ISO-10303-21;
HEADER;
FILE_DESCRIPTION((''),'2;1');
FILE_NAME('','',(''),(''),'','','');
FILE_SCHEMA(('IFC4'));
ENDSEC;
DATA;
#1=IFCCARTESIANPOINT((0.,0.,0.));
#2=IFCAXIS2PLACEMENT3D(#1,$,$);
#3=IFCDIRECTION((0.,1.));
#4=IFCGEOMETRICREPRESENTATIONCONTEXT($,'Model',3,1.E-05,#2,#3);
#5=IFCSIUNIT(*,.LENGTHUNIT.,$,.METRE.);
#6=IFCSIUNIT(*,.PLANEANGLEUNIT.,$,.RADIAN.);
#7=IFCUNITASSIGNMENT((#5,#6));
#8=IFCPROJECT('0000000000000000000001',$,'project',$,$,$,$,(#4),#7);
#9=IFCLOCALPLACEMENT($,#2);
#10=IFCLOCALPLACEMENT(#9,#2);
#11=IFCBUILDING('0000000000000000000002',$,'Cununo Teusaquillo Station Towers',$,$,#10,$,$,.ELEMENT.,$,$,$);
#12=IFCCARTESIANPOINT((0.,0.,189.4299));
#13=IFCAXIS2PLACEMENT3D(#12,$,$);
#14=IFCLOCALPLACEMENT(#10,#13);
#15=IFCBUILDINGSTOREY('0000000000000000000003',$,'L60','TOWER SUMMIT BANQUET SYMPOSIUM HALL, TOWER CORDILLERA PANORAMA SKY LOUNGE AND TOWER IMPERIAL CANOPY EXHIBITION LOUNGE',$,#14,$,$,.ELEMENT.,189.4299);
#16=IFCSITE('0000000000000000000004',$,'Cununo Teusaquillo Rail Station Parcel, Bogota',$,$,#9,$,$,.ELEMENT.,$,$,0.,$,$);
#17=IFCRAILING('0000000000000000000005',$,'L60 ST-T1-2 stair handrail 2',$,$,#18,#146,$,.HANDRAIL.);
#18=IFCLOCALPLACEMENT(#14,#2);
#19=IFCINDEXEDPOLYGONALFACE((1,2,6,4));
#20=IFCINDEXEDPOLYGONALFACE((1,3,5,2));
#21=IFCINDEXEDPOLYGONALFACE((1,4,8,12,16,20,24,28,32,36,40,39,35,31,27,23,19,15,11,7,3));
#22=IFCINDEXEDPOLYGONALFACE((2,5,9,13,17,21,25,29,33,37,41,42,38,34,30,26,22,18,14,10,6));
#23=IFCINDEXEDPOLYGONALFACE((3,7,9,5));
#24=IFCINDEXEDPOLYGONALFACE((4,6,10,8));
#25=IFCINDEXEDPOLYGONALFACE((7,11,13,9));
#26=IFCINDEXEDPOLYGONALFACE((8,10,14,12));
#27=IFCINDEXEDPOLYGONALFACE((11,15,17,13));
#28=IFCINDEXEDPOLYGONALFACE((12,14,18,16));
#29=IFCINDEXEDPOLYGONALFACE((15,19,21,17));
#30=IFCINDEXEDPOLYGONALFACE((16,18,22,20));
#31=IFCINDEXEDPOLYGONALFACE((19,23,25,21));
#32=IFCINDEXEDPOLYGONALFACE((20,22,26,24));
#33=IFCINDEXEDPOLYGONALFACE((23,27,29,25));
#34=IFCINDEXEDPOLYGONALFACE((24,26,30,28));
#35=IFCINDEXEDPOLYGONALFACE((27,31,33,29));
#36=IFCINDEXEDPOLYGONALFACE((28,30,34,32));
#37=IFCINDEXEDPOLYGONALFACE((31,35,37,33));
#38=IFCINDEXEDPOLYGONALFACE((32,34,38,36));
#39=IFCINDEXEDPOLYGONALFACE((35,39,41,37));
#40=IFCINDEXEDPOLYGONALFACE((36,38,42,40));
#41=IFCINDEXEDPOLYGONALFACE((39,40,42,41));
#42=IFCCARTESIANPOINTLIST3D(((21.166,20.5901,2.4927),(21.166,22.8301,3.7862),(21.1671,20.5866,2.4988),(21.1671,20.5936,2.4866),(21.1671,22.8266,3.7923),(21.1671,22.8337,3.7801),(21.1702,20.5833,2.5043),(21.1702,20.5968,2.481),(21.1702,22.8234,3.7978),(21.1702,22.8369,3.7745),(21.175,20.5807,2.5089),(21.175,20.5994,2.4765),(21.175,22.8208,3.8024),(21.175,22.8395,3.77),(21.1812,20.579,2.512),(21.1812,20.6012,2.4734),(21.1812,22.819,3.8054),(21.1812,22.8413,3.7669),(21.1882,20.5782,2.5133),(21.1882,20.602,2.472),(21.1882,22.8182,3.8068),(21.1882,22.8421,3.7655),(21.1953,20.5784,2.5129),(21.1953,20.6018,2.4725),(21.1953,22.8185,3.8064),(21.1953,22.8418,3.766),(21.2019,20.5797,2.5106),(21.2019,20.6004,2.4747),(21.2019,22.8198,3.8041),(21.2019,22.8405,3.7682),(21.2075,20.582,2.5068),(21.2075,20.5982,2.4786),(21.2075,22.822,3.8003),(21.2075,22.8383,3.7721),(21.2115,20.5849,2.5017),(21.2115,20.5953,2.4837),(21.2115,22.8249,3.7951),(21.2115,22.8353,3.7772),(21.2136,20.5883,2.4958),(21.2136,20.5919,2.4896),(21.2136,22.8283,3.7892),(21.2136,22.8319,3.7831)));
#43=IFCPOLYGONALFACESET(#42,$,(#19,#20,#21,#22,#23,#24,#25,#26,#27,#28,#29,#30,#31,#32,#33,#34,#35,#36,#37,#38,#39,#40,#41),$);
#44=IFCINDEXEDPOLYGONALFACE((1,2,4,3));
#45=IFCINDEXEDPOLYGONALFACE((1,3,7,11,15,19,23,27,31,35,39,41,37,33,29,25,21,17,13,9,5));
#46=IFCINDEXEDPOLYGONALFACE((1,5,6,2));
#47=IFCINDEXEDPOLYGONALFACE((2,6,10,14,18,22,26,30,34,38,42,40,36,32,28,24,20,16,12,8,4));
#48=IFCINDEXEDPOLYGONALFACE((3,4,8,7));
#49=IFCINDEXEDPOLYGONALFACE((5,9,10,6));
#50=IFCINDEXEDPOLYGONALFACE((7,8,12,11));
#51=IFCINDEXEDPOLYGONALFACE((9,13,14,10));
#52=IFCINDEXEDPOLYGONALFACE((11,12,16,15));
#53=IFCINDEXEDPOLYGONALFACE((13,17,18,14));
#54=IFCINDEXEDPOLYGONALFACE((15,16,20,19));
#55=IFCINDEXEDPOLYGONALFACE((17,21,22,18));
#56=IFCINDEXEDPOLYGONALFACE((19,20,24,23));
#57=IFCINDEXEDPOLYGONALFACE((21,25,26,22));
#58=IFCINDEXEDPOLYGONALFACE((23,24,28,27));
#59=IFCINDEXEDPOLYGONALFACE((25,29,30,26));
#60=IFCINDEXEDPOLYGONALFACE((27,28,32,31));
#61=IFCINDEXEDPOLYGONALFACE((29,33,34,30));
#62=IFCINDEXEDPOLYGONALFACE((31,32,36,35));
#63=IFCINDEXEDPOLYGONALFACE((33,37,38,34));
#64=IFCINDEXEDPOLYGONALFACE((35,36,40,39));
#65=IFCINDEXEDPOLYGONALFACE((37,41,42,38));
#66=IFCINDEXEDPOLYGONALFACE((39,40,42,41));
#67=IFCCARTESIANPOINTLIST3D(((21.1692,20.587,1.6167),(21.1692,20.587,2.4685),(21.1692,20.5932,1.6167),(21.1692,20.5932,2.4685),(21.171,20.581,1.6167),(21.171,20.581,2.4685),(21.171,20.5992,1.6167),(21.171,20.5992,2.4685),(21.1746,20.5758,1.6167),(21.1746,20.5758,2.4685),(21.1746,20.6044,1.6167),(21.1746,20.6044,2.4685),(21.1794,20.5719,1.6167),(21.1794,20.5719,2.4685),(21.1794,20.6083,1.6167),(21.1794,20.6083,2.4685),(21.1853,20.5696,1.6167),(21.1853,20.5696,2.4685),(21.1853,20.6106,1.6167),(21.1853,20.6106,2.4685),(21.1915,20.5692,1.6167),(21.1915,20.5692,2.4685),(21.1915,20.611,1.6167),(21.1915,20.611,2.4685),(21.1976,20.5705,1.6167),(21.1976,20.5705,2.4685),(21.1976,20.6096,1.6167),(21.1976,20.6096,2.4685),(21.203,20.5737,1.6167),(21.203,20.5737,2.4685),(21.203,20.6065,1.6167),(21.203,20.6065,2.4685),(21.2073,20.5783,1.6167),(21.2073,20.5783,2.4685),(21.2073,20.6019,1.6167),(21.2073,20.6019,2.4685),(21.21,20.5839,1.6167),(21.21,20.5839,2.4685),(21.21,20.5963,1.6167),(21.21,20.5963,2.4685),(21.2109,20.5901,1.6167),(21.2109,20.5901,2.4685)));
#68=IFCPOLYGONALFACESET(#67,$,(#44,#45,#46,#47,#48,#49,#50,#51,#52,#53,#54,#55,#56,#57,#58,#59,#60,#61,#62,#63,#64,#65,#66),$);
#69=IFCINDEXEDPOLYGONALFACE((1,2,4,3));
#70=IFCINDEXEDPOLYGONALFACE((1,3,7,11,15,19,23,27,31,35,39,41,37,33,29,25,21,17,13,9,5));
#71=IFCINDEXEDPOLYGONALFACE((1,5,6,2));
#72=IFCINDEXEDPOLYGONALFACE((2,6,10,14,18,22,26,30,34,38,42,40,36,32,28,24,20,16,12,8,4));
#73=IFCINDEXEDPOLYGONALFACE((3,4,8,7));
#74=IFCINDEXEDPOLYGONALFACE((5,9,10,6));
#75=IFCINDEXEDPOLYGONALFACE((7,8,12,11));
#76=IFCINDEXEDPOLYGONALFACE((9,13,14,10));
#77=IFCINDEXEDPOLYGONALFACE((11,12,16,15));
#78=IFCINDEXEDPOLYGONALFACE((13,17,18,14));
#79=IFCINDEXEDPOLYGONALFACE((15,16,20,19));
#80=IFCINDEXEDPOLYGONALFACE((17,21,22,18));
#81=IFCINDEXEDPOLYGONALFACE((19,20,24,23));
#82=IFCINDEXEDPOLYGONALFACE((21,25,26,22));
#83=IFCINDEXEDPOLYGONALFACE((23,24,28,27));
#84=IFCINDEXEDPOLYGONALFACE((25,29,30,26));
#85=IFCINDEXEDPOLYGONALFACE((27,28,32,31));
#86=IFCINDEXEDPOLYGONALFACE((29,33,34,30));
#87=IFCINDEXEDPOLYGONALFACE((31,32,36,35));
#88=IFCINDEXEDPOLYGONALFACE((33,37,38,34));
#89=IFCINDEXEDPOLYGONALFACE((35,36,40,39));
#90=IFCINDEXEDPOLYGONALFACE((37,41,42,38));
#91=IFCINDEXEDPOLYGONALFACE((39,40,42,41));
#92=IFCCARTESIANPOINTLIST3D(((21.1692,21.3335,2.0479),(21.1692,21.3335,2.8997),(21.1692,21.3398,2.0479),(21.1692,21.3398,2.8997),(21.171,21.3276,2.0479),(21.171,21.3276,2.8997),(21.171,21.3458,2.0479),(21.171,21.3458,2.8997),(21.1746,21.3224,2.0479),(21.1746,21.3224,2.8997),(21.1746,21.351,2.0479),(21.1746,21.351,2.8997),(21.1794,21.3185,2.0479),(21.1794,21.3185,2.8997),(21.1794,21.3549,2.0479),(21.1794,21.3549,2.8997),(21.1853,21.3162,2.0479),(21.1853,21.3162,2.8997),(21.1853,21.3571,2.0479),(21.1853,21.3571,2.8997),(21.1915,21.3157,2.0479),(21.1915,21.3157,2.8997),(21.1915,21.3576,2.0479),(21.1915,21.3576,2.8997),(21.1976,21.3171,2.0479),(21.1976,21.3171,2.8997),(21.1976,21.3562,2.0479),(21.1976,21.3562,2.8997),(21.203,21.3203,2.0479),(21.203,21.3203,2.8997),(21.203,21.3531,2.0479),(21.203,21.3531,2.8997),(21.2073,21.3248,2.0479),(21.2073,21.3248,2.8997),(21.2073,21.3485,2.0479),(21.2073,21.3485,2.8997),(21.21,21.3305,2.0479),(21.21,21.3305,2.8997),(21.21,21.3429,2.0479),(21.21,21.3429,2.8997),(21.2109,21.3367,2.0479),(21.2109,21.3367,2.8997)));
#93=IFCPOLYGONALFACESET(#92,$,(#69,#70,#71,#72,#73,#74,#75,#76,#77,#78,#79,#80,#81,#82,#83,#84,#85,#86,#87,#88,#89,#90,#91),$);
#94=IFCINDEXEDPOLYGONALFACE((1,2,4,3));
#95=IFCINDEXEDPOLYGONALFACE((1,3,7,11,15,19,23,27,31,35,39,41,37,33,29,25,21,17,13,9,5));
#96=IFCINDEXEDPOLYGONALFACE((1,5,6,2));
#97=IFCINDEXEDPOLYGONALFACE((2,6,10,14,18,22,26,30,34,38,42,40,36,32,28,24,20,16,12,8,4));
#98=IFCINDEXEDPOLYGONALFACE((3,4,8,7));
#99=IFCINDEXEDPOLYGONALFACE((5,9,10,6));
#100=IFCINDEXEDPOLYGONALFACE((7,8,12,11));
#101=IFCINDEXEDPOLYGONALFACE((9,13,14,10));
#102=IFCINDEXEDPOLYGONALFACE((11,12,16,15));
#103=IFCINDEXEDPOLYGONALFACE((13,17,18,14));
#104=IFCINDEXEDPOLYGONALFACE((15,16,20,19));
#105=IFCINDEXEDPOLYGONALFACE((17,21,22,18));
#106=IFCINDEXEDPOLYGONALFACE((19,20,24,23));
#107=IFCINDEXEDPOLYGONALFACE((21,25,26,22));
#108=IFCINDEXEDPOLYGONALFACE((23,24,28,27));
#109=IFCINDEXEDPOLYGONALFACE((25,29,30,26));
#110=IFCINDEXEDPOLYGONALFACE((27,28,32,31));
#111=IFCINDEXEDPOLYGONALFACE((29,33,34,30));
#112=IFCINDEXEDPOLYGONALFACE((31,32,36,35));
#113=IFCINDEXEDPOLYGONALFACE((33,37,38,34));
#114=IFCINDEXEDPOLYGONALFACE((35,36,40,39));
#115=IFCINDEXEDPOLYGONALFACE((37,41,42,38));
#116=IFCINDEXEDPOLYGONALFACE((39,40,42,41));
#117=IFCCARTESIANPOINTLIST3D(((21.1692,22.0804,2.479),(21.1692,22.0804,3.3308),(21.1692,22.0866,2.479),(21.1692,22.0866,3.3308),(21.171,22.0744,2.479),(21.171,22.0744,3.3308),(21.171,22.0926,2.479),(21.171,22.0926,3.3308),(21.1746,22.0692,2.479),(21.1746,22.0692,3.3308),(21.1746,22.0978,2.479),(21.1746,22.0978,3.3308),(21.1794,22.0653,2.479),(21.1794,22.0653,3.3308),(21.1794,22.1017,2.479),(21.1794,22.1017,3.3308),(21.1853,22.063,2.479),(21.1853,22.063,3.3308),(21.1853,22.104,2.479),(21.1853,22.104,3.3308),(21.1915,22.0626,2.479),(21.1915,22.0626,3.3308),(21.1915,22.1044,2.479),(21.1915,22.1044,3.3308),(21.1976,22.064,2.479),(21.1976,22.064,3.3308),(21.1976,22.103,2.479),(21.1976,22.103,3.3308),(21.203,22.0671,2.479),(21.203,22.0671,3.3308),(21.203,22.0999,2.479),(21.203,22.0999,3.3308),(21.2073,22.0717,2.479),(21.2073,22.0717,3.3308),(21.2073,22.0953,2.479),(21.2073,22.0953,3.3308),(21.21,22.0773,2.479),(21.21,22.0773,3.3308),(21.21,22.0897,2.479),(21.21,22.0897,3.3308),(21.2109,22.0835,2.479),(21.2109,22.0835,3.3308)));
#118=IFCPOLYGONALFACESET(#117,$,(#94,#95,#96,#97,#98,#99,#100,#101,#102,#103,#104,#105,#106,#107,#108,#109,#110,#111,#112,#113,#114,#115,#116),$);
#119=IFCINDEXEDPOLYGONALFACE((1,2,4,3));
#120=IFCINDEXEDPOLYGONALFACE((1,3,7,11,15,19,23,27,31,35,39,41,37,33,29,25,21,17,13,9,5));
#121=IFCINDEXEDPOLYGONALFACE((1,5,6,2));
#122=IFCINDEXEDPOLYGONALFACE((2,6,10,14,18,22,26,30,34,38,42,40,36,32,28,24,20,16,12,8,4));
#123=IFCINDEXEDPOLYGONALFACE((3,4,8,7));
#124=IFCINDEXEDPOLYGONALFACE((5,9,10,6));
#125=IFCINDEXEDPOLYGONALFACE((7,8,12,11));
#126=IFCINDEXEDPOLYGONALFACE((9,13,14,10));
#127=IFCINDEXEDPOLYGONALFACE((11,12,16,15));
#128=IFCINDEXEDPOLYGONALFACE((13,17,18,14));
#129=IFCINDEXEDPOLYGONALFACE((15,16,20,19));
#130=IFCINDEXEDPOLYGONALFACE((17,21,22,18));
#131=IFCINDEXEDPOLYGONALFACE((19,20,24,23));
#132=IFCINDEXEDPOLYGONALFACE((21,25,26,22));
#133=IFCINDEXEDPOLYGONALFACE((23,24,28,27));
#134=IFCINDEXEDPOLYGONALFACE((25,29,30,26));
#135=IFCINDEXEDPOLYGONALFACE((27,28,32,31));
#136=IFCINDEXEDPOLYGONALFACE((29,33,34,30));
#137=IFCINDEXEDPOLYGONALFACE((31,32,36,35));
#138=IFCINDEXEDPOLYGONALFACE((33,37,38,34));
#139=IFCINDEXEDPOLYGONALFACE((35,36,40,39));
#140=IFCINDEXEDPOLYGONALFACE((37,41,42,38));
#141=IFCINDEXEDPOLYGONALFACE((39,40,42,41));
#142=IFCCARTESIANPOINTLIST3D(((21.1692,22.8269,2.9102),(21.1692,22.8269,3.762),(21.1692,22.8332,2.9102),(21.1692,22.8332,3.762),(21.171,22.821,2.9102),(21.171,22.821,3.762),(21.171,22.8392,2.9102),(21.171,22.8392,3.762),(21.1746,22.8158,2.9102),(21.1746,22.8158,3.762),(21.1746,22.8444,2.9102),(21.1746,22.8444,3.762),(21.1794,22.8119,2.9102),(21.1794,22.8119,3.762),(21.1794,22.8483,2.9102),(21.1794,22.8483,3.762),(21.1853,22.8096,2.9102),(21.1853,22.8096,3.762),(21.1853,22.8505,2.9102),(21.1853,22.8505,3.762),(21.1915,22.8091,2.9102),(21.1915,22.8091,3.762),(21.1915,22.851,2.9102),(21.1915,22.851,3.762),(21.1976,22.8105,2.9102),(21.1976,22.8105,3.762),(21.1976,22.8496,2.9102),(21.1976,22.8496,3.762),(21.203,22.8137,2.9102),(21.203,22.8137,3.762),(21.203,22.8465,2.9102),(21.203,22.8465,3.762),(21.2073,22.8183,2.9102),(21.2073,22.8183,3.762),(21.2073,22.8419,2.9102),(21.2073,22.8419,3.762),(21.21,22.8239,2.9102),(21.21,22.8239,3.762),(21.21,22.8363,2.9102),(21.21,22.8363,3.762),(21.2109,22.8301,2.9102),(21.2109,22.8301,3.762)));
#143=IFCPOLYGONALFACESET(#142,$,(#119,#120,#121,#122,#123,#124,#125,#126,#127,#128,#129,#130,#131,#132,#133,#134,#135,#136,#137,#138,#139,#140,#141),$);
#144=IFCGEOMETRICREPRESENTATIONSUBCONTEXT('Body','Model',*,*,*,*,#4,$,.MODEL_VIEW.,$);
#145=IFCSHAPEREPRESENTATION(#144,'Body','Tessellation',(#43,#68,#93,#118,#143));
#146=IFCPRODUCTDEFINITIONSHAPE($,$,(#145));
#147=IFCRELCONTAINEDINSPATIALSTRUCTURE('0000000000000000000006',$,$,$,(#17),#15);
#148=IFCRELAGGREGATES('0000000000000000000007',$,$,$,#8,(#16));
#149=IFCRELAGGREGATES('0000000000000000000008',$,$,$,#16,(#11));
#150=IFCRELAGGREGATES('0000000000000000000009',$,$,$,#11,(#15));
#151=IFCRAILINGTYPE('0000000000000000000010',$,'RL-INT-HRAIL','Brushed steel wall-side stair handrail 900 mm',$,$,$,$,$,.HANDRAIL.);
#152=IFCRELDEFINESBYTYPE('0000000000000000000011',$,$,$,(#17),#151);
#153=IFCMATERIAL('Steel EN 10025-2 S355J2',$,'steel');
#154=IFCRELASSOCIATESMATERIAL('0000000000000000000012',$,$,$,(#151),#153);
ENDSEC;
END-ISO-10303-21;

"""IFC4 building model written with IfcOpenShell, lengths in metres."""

from ifc_helpers import new_model, si_unit, direction, frame, origin, origin_2d, place, context, subcontext, project, spatial, circle, extrude, material, type_object, element, save


model = new_model("IFC4")

# Units and contexts
model_context = context("Model", 3, precision=1e-05, world=origin(), true_north=direction((0.0, 1.0)))
body_context = subcontext(model_context, "Body", "Model", "MODEL_VIEW")
ifc_project = project(units=[si_unit("LENGTHUNIT", "METRE"), si_unit("PLANEANGLEUNIT", "RADIAN")], contexts=[model_context])

# Site, building, storey
site_placement = place(None, origin())
site = spatial("IfcSite", under=ifc_project, at=site_placement, Name="Cununo Teusaquillo Rail Station Parcel, Bogota", CompositionType="ELEMENT", RefElevation=0.0)
building_placement = place(site_placement, origin())
building = spatial("IfcBuilding", under=site, at=building_placement, Name="Cununo Teusaquillo Station Towers", CompositionType="ELEMENT")
storey_placement = place(building_placement, frame((0.0, 0.0, 189.4299)))
storey = spatial("IfcBuildingStorey", under=building, at=storey_placement, Name="L60", Description="TOWER SUMMIT BANQUET SYMPOSIUM HALL, TOWER CORDILLERA PANORAMA SKY LOUNGE AND TOWER IMPERIAL CANOPY EXHIBITION LOUNGE", CompositionType="ELEMENT", Elevation=189.4299)

# Railing
ifc_material_1 = material(Name="Steel EN 10025-2 S355J2", Category="steel")
railing_type_1 = type_object("IfcRailingType", Name="RL-INT-HRAIL", Description="Brushed steel wall-side stair handrail 900 mm", PredefinedType="HANDRAIL", material=ifc_material_1)
railing_1_placement = place(storey_placement, frame((21.1899, 20.5901, 1.6167)))
element("IfcRailing", 1, at=railing_1_placement, inside=storey, type_object=railing_type_1, Name="L60 ST-T1-2 stair handrail 2", PredefinedType="HANDRAIL", context=body_context, shape_type="SweptSolid", body=[
    extrude(circle(Radius=0.0239, at=origin_2d()), frame((0.0, 0.0, 0.876), z_axis=(0.0, 0.865992, 0.500057), x_axis=(-1.0, 0.0, 0.0)), (0.0, 0.0, 1.0), 2.5867),
    extrude(circle(Radius=0.021, at=origin_2d()), origin(), (0.0, 0.0, 1.0), 0.8518),
    extrude(circle(Radius=0.021, at=origin_2d()), frame((0.0, 0.7466, 0.4312)), (0.0, 0.0, 1.0), 0.8518),
    extrude(circle(Radius=0.021, at=origin_2d()), frame((0.0, 1.4934, 0.8623)), (0.0, 0.0, 1.0), 0.8518),
    extrude(circle(Radius=0.021, at=origin_2d()), frame((0.0, 2.24, 1.2935)), (0.0, 0.0, 1.0), 0.8518),
])

save(model, "model.ifc")
